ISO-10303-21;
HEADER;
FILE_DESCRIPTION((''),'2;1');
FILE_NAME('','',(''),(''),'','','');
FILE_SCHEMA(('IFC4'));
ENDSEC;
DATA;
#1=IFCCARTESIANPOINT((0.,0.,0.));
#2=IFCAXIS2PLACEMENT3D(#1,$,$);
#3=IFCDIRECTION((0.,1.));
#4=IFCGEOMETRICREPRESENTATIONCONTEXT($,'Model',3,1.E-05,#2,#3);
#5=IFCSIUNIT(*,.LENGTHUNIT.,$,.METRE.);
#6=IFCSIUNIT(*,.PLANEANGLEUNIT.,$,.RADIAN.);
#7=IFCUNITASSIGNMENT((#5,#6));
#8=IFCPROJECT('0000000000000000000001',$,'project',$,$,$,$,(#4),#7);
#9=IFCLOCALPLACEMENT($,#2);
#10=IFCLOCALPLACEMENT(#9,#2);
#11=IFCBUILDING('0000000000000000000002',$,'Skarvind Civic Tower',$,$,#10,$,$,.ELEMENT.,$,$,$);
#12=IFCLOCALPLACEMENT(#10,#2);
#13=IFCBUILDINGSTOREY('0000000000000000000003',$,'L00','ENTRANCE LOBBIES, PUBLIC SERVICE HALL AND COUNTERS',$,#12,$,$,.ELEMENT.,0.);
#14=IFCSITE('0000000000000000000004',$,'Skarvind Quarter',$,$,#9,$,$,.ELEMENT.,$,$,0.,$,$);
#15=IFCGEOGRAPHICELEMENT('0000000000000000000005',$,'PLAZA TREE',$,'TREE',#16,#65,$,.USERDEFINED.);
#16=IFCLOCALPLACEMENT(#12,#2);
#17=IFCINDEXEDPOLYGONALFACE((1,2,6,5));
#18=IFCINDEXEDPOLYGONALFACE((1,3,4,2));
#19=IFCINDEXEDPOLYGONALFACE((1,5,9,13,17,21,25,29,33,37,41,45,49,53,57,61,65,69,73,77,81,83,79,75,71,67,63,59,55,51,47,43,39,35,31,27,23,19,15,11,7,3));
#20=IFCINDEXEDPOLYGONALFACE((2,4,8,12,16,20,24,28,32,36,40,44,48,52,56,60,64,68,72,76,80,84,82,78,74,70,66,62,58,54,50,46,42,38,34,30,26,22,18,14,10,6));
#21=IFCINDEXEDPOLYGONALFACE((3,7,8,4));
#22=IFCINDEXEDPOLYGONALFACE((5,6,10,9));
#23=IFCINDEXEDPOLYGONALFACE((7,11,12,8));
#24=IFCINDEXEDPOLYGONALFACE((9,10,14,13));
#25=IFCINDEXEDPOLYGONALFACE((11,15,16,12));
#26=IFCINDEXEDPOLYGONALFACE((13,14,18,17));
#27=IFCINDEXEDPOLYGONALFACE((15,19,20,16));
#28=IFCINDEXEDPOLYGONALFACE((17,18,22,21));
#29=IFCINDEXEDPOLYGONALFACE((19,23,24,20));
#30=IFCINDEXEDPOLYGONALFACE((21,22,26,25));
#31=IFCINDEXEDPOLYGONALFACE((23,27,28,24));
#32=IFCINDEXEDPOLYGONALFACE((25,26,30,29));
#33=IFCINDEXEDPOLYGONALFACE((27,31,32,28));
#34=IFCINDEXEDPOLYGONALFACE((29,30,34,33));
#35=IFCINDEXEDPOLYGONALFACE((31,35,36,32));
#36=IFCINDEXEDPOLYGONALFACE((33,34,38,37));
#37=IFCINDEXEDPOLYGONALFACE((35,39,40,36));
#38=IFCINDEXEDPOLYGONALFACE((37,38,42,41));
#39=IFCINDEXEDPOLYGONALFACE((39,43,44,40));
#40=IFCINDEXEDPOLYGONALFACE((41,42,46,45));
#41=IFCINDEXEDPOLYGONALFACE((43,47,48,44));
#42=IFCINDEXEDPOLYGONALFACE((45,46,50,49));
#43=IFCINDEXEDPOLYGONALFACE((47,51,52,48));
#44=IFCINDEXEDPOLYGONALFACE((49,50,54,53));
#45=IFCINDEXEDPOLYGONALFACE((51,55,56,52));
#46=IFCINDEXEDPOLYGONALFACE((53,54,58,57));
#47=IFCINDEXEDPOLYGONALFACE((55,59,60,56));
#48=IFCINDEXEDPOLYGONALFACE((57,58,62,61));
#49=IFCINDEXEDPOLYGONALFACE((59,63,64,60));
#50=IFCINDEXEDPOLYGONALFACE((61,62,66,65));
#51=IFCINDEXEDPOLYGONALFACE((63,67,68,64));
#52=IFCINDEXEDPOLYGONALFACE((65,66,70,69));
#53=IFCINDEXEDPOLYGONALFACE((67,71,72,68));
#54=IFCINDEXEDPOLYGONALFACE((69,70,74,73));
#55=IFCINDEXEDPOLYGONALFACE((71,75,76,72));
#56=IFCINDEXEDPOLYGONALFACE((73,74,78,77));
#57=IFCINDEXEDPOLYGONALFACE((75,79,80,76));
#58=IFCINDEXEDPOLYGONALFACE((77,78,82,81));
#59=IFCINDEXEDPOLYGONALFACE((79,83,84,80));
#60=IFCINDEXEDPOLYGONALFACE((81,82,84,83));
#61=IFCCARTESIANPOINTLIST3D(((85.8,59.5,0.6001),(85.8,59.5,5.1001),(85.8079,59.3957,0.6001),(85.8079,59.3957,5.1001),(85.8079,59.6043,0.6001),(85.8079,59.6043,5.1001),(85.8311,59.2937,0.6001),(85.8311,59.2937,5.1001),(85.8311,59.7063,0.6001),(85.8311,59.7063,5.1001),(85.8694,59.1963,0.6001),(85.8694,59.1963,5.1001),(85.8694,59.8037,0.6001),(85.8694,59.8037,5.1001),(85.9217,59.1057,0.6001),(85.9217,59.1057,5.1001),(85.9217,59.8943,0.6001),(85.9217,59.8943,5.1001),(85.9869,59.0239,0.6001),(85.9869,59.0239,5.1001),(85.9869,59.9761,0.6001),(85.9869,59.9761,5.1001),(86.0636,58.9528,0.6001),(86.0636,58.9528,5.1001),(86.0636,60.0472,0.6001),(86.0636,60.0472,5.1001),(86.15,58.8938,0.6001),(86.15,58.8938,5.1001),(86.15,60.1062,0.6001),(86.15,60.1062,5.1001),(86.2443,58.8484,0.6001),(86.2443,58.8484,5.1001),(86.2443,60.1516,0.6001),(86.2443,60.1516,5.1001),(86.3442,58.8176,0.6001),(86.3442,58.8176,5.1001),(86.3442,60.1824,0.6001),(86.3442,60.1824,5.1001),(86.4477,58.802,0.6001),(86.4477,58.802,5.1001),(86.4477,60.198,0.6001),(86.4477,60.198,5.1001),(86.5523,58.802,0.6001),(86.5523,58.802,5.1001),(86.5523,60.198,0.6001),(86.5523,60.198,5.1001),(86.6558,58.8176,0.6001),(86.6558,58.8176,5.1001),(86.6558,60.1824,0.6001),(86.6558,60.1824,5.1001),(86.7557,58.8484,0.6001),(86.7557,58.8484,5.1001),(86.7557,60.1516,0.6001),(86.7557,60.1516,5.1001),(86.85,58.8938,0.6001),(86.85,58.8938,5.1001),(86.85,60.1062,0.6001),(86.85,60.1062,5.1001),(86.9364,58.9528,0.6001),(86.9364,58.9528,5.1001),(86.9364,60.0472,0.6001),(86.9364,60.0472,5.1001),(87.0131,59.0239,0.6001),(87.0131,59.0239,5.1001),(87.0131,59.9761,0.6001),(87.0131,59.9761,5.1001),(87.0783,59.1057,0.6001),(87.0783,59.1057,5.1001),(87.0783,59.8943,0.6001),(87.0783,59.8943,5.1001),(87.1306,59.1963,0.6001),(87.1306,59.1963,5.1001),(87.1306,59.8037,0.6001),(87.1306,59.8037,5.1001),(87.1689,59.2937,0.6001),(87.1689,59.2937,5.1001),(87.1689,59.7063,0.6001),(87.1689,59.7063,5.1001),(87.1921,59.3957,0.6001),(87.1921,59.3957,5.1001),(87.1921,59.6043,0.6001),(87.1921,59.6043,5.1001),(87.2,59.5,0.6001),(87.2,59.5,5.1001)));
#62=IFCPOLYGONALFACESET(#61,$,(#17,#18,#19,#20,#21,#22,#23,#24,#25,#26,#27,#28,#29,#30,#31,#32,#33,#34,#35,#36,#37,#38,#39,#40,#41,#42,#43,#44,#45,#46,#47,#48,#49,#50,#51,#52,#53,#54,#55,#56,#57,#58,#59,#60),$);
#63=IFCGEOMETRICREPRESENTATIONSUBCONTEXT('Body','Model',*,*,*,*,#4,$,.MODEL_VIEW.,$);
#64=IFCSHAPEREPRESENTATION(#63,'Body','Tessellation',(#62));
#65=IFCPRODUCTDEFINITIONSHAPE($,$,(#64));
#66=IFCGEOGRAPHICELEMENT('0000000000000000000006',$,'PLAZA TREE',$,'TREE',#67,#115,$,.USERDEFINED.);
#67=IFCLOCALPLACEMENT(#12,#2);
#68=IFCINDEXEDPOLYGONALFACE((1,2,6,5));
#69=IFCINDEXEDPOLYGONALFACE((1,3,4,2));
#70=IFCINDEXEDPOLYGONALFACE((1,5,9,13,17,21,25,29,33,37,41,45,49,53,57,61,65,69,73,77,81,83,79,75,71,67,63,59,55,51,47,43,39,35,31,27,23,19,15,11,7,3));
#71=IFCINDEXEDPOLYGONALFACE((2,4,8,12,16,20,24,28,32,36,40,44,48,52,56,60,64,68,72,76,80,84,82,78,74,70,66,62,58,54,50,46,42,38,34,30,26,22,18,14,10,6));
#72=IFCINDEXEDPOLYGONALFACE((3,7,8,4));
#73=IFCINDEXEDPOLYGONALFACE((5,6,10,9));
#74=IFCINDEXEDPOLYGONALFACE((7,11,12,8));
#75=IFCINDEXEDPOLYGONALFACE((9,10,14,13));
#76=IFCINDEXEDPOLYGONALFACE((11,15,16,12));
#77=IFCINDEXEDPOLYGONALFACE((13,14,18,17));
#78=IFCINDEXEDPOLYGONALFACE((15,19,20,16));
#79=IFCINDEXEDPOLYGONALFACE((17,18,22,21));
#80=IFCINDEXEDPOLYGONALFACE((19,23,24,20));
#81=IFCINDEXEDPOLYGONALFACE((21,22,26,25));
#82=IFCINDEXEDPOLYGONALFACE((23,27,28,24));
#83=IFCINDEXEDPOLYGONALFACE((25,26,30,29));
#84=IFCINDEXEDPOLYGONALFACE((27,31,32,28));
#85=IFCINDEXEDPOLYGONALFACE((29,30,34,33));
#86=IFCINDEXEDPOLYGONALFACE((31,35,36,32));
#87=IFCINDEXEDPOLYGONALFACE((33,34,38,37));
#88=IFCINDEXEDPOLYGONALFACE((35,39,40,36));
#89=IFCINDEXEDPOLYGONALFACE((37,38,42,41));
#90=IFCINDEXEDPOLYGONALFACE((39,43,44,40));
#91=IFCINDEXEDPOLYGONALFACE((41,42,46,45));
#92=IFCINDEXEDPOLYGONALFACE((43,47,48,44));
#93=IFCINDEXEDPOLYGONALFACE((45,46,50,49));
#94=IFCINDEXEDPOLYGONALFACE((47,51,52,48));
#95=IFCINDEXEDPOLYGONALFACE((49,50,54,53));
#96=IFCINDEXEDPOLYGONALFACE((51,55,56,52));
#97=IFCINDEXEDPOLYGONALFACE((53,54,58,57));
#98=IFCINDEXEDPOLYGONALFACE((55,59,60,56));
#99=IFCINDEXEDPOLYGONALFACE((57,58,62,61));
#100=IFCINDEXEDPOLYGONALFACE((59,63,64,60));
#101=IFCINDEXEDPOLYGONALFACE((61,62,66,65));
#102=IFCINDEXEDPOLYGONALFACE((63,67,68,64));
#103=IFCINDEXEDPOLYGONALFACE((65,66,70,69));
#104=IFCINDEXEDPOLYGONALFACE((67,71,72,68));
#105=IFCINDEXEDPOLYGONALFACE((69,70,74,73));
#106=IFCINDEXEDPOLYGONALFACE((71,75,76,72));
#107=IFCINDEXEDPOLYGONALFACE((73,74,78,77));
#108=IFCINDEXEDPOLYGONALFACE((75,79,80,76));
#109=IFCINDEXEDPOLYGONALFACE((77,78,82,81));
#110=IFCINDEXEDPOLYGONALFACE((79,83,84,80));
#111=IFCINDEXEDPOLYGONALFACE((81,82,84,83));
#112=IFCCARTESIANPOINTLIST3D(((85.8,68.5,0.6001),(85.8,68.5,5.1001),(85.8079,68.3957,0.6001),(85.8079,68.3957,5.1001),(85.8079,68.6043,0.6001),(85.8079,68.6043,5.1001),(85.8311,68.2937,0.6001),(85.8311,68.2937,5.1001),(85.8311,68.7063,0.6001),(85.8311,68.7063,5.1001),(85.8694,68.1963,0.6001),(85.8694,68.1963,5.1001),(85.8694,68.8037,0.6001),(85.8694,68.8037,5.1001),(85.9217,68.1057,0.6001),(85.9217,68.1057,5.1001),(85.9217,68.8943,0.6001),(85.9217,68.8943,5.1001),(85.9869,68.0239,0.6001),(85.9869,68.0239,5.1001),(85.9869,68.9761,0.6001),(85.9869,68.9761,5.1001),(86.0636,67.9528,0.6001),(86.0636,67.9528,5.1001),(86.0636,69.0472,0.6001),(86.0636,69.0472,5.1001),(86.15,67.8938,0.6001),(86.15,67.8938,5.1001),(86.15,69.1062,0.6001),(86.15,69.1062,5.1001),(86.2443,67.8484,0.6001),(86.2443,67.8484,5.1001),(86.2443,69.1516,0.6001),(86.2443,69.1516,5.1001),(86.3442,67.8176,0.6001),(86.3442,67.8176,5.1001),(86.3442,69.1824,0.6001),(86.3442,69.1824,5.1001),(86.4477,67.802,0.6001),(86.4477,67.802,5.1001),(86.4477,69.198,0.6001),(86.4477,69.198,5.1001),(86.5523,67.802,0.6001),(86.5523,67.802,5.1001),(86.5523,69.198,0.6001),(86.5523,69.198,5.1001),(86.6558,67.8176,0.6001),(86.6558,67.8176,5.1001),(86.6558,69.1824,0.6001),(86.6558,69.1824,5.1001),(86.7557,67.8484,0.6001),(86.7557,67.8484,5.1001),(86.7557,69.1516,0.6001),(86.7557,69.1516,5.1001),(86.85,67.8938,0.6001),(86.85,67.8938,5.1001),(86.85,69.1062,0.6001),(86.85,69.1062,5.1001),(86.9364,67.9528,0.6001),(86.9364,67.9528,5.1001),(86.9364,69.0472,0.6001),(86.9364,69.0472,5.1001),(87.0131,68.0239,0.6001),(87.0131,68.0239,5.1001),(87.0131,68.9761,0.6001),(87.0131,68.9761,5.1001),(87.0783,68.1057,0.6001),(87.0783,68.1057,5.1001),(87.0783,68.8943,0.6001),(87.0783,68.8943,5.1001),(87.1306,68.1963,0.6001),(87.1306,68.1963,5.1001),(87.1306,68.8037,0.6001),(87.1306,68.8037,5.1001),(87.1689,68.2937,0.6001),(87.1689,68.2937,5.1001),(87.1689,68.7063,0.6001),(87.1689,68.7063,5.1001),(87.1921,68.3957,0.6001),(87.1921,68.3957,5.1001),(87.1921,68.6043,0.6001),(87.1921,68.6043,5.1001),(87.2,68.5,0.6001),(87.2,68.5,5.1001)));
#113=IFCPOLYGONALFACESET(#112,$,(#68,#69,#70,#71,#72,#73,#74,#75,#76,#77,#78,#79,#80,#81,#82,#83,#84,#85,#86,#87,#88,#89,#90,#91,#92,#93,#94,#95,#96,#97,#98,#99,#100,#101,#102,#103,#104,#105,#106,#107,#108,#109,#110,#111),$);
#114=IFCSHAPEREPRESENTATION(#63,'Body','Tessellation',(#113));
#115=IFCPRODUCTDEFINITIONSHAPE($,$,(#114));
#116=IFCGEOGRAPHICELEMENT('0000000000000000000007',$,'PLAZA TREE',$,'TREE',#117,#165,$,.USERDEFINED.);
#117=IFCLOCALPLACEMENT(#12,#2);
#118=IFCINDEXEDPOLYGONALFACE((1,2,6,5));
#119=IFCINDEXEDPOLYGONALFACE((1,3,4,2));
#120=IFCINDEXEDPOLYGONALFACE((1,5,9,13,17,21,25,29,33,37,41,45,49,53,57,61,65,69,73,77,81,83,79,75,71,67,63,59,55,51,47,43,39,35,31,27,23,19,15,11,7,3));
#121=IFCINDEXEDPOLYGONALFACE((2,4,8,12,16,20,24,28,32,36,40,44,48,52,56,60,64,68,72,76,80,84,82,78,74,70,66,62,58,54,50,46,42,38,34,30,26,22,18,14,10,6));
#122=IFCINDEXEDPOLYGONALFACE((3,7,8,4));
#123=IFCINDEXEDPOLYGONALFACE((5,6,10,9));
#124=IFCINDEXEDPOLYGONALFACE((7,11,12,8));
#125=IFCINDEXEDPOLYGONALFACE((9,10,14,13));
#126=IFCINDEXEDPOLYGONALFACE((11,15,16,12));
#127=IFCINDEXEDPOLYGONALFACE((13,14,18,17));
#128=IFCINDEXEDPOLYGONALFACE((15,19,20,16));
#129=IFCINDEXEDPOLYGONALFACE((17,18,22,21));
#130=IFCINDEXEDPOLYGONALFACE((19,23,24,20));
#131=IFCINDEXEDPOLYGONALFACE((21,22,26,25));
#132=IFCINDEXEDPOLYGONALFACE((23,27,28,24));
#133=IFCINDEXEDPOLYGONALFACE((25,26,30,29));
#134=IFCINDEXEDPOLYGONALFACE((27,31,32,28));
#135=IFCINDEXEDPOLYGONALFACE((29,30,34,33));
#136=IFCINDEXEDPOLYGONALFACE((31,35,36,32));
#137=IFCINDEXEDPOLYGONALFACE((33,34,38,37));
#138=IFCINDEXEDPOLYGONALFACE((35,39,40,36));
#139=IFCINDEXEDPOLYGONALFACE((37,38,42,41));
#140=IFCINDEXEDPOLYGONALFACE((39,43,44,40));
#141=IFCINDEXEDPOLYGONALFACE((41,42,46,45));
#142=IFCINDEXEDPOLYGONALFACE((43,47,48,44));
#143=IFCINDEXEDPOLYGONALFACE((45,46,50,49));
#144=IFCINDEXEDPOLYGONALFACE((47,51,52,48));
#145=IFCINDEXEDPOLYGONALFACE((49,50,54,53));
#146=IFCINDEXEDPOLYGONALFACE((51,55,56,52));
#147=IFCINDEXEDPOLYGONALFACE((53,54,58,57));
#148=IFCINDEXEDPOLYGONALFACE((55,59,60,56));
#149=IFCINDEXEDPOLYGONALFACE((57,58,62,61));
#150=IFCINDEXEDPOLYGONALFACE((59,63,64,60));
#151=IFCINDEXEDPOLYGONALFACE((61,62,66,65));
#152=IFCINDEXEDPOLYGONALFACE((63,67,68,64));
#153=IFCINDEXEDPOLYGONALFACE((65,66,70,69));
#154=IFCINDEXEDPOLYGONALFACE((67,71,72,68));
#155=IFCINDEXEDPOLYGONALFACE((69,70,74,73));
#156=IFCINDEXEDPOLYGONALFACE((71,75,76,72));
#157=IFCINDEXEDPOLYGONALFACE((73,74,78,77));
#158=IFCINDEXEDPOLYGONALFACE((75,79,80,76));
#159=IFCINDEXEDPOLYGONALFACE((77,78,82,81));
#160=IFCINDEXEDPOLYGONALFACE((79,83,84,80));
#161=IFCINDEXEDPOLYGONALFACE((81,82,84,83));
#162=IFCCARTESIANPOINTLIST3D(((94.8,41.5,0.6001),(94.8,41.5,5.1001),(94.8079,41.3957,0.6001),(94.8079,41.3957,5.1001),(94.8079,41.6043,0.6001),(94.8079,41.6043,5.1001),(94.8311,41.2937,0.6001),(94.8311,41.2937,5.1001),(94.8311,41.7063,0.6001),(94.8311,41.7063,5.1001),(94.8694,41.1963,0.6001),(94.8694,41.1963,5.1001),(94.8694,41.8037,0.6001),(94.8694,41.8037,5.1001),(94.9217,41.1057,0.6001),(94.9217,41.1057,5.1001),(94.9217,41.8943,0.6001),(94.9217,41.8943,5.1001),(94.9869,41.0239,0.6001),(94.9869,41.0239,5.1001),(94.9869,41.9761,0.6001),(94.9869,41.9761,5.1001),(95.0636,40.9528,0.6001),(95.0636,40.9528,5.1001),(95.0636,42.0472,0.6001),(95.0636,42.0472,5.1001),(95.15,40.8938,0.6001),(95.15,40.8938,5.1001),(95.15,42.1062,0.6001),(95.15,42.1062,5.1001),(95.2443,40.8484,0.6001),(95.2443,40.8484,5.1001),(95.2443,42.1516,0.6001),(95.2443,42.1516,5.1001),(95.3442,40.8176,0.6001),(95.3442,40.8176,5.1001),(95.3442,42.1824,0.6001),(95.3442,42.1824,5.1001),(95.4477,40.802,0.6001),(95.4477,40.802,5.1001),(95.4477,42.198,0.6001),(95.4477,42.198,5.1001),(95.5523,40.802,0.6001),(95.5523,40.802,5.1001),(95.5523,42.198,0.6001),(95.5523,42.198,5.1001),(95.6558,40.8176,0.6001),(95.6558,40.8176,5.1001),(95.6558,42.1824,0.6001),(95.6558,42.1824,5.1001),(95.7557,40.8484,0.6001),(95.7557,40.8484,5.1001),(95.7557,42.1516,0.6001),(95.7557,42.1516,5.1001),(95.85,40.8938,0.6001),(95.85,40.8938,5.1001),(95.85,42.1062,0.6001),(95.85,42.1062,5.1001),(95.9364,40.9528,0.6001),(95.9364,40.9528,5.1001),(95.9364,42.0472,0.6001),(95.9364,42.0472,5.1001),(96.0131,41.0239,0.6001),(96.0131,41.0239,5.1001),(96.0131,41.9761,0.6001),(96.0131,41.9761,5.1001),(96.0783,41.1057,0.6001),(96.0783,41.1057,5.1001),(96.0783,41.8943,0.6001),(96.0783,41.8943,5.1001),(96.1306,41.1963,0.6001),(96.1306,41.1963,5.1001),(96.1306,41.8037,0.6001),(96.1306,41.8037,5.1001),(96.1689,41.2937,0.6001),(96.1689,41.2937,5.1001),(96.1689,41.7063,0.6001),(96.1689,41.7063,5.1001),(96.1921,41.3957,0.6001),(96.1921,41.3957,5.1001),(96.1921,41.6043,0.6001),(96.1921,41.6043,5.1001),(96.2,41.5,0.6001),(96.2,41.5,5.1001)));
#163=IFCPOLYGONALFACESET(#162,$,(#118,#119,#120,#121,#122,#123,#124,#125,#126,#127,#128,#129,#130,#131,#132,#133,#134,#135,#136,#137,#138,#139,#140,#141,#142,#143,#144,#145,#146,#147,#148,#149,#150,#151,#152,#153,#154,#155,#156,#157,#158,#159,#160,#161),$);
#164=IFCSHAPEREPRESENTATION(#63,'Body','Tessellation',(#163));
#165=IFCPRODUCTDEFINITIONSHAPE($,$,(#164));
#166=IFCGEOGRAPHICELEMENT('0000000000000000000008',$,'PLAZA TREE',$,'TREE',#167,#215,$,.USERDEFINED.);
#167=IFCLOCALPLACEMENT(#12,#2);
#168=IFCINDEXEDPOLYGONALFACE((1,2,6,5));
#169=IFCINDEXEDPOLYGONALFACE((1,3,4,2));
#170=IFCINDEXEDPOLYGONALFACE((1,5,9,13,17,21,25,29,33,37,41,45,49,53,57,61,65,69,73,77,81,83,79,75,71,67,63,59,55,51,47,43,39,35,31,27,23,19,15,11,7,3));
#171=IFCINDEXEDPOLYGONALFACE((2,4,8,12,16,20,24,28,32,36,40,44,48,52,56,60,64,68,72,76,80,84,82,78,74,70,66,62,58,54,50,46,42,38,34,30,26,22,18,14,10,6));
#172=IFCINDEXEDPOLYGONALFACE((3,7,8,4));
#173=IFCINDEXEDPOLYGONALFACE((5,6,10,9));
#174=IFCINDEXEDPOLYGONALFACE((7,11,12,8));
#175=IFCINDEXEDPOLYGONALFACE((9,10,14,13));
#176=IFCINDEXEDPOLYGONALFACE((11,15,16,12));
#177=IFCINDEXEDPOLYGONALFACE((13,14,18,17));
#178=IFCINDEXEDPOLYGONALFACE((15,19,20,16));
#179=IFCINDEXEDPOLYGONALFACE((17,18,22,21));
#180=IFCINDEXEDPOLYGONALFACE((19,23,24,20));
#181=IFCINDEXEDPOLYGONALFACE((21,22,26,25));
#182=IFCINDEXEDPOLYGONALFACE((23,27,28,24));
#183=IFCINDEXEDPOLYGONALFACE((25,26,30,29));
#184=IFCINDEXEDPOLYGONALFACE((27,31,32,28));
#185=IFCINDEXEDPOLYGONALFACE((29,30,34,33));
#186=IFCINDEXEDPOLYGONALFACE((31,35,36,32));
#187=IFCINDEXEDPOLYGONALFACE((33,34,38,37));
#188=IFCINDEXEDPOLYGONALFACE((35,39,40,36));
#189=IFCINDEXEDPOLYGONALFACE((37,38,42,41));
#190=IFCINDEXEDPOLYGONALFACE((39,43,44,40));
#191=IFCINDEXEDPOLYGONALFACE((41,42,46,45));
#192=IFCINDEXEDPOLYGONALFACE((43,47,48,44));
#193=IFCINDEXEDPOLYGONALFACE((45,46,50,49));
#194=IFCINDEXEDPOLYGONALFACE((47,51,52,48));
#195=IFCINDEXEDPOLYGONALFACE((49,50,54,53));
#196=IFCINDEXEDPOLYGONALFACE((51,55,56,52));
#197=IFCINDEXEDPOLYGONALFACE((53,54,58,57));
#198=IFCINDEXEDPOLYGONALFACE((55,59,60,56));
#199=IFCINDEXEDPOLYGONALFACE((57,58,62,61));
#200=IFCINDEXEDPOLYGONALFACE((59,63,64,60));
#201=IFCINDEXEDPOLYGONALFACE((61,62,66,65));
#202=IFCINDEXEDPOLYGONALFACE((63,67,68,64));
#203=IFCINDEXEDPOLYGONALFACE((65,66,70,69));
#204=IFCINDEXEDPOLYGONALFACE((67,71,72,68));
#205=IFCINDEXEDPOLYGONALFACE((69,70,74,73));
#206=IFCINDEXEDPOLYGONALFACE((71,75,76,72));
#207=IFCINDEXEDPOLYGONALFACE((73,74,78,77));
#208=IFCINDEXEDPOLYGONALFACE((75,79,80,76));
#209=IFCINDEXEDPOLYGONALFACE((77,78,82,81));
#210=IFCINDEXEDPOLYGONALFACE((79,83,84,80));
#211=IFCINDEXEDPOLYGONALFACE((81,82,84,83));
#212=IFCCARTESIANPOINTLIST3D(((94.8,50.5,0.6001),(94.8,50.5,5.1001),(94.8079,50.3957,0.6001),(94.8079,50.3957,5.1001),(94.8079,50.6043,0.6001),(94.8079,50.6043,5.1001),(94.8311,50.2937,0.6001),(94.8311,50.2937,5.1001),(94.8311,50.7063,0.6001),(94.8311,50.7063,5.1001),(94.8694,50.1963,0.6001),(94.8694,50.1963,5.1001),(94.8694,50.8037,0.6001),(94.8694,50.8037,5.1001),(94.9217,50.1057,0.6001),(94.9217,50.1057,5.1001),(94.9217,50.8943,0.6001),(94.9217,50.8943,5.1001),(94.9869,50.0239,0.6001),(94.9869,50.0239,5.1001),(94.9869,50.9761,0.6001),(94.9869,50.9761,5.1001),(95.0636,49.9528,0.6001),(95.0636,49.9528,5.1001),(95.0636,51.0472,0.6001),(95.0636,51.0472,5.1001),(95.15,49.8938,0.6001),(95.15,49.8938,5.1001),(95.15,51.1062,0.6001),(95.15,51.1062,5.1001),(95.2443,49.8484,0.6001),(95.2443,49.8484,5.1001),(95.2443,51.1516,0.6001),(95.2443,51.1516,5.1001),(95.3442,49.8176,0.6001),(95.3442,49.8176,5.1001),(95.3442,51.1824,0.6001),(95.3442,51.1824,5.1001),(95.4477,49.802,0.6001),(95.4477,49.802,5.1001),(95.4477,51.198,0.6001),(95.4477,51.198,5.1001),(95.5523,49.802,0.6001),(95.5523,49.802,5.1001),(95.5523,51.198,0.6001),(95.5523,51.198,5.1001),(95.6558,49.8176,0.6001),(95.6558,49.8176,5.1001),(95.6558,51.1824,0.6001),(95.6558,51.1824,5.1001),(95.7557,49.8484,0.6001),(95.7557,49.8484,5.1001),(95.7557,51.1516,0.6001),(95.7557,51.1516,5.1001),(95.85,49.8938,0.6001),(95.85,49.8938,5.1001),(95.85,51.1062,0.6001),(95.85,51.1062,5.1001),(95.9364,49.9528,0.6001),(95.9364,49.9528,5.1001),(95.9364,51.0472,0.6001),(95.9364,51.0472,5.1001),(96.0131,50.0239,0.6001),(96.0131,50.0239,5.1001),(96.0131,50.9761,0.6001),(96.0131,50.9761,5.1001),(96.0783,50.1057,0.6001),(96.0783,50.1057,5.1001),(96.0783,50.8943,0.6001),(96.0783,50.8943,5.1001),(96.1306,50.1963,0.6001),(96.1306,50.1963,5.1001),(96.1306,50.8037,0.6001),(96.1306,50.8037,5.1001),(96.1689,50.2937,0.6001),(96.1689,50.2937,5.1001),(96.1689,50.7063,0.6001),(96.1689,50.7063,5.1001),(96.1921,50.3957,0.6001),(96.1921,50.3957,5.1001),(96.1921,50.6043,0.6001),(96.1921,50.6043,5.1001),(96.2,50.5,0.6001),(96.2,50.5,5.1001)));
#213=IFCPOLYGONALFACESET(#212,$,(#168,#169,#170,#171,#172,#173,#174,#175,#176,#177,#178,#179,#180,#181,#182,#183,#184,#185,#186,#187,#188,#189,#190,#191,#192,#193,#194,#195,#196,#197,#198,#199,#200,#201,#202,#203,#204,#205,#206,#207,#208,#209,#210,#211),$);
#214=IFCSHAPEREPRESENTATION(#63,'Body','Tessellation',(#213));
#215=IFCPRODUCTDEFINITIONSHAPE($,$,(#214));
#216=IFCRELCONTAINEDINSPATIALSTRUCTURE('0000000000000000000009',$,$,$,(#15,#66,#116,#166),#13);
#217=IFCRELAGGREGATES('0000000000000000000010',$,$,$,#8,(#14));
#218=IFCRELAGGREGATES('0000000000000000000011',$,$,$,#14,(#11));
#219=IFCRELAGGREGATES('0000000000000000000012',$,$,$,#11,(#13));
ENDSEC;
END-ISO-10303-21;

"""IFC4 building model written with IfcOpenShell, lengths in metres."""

from ifc_helpers import new_model, si_unit, direction, frame, origin, origin_2d, place, context, subcontext, project, spatial, circle, extrude, element, save


model = new_model("IFC4")

# Units and contexts
model_context = context("Model", 3, precision=1e-05, world=origin(), true_north=direction((0.0, 1.0)))
body_context = subcontext(model_context, "Body", "Model", "MODEL_VIEW")
ifc_project = project(units=[si_unit("LENGTHUNIT", "METRE"), si_unit("PLANEANGLEUNIT", "RADIAN")], contexts=[model_context])

# Site, building, storey
site_placement = place(None, origin())
site = spatial("IfcSite", under=ifc_project, at=site_placement, Name="Skarvind Quarter", CompositionType="ELEMENT", RefElevation=0.0)
building_placement = place(site_placement, origin())
building = spatial("IfcBuilding", under=site, at=building_placement, Name="Skarvind Civic Tower", CompositionType="ELEMENT")
storey_placement = place(building_placement, origin())
storey = spatial("IfcBuildingStorey", under=building, at=storey_placement, Name="L00", Description="ENTRANCE LOBBIES, PUBLIC SERVICE HALL AND COUNTERS", CompositionType="ELEMENT", Elevation=0.0)

# Geographic elements
for number, where, z_axis, x_axis, name in (
    (1, (86.5, 59.5, 0.6001), (0.0, 0.0, 1.0), (1.0, 0.0, 0.0), "PLAZA TREE"),
    (2, (86.5, 68.5, 0.6001), (0.0, 0.0, 1.0), (1.0, 0.0, 0.0), "PLAZA TREE"),
    (3, (95.5, 41.5, 0.6001), (0.0, 0.0, 1.0), (1.0, 0.0, 0.0), "PLAZA TREE"),
    (4, (95.5, 50.5, 0.6001), (0.0, 0.0, 1.0), (1.0, 0.0, 0.0), "PLAZA TREE"),
):
    element("IfcGeographicElement", number, at=place(storey_placement, frame(where, z_axis=z_axis, x_axis=x_axis)), inside=storey, Name=name, ObjectType="TREE", PredefinedType="USERDEFINED", context=body_context, shape_type="SweptSolid", body=[
        extrude(circle(Radius=0.7, at=origin_2d()), origin(), (0.0, 0.0, 1.0), 4.5),
    ])

save(model, "model.ifc")
